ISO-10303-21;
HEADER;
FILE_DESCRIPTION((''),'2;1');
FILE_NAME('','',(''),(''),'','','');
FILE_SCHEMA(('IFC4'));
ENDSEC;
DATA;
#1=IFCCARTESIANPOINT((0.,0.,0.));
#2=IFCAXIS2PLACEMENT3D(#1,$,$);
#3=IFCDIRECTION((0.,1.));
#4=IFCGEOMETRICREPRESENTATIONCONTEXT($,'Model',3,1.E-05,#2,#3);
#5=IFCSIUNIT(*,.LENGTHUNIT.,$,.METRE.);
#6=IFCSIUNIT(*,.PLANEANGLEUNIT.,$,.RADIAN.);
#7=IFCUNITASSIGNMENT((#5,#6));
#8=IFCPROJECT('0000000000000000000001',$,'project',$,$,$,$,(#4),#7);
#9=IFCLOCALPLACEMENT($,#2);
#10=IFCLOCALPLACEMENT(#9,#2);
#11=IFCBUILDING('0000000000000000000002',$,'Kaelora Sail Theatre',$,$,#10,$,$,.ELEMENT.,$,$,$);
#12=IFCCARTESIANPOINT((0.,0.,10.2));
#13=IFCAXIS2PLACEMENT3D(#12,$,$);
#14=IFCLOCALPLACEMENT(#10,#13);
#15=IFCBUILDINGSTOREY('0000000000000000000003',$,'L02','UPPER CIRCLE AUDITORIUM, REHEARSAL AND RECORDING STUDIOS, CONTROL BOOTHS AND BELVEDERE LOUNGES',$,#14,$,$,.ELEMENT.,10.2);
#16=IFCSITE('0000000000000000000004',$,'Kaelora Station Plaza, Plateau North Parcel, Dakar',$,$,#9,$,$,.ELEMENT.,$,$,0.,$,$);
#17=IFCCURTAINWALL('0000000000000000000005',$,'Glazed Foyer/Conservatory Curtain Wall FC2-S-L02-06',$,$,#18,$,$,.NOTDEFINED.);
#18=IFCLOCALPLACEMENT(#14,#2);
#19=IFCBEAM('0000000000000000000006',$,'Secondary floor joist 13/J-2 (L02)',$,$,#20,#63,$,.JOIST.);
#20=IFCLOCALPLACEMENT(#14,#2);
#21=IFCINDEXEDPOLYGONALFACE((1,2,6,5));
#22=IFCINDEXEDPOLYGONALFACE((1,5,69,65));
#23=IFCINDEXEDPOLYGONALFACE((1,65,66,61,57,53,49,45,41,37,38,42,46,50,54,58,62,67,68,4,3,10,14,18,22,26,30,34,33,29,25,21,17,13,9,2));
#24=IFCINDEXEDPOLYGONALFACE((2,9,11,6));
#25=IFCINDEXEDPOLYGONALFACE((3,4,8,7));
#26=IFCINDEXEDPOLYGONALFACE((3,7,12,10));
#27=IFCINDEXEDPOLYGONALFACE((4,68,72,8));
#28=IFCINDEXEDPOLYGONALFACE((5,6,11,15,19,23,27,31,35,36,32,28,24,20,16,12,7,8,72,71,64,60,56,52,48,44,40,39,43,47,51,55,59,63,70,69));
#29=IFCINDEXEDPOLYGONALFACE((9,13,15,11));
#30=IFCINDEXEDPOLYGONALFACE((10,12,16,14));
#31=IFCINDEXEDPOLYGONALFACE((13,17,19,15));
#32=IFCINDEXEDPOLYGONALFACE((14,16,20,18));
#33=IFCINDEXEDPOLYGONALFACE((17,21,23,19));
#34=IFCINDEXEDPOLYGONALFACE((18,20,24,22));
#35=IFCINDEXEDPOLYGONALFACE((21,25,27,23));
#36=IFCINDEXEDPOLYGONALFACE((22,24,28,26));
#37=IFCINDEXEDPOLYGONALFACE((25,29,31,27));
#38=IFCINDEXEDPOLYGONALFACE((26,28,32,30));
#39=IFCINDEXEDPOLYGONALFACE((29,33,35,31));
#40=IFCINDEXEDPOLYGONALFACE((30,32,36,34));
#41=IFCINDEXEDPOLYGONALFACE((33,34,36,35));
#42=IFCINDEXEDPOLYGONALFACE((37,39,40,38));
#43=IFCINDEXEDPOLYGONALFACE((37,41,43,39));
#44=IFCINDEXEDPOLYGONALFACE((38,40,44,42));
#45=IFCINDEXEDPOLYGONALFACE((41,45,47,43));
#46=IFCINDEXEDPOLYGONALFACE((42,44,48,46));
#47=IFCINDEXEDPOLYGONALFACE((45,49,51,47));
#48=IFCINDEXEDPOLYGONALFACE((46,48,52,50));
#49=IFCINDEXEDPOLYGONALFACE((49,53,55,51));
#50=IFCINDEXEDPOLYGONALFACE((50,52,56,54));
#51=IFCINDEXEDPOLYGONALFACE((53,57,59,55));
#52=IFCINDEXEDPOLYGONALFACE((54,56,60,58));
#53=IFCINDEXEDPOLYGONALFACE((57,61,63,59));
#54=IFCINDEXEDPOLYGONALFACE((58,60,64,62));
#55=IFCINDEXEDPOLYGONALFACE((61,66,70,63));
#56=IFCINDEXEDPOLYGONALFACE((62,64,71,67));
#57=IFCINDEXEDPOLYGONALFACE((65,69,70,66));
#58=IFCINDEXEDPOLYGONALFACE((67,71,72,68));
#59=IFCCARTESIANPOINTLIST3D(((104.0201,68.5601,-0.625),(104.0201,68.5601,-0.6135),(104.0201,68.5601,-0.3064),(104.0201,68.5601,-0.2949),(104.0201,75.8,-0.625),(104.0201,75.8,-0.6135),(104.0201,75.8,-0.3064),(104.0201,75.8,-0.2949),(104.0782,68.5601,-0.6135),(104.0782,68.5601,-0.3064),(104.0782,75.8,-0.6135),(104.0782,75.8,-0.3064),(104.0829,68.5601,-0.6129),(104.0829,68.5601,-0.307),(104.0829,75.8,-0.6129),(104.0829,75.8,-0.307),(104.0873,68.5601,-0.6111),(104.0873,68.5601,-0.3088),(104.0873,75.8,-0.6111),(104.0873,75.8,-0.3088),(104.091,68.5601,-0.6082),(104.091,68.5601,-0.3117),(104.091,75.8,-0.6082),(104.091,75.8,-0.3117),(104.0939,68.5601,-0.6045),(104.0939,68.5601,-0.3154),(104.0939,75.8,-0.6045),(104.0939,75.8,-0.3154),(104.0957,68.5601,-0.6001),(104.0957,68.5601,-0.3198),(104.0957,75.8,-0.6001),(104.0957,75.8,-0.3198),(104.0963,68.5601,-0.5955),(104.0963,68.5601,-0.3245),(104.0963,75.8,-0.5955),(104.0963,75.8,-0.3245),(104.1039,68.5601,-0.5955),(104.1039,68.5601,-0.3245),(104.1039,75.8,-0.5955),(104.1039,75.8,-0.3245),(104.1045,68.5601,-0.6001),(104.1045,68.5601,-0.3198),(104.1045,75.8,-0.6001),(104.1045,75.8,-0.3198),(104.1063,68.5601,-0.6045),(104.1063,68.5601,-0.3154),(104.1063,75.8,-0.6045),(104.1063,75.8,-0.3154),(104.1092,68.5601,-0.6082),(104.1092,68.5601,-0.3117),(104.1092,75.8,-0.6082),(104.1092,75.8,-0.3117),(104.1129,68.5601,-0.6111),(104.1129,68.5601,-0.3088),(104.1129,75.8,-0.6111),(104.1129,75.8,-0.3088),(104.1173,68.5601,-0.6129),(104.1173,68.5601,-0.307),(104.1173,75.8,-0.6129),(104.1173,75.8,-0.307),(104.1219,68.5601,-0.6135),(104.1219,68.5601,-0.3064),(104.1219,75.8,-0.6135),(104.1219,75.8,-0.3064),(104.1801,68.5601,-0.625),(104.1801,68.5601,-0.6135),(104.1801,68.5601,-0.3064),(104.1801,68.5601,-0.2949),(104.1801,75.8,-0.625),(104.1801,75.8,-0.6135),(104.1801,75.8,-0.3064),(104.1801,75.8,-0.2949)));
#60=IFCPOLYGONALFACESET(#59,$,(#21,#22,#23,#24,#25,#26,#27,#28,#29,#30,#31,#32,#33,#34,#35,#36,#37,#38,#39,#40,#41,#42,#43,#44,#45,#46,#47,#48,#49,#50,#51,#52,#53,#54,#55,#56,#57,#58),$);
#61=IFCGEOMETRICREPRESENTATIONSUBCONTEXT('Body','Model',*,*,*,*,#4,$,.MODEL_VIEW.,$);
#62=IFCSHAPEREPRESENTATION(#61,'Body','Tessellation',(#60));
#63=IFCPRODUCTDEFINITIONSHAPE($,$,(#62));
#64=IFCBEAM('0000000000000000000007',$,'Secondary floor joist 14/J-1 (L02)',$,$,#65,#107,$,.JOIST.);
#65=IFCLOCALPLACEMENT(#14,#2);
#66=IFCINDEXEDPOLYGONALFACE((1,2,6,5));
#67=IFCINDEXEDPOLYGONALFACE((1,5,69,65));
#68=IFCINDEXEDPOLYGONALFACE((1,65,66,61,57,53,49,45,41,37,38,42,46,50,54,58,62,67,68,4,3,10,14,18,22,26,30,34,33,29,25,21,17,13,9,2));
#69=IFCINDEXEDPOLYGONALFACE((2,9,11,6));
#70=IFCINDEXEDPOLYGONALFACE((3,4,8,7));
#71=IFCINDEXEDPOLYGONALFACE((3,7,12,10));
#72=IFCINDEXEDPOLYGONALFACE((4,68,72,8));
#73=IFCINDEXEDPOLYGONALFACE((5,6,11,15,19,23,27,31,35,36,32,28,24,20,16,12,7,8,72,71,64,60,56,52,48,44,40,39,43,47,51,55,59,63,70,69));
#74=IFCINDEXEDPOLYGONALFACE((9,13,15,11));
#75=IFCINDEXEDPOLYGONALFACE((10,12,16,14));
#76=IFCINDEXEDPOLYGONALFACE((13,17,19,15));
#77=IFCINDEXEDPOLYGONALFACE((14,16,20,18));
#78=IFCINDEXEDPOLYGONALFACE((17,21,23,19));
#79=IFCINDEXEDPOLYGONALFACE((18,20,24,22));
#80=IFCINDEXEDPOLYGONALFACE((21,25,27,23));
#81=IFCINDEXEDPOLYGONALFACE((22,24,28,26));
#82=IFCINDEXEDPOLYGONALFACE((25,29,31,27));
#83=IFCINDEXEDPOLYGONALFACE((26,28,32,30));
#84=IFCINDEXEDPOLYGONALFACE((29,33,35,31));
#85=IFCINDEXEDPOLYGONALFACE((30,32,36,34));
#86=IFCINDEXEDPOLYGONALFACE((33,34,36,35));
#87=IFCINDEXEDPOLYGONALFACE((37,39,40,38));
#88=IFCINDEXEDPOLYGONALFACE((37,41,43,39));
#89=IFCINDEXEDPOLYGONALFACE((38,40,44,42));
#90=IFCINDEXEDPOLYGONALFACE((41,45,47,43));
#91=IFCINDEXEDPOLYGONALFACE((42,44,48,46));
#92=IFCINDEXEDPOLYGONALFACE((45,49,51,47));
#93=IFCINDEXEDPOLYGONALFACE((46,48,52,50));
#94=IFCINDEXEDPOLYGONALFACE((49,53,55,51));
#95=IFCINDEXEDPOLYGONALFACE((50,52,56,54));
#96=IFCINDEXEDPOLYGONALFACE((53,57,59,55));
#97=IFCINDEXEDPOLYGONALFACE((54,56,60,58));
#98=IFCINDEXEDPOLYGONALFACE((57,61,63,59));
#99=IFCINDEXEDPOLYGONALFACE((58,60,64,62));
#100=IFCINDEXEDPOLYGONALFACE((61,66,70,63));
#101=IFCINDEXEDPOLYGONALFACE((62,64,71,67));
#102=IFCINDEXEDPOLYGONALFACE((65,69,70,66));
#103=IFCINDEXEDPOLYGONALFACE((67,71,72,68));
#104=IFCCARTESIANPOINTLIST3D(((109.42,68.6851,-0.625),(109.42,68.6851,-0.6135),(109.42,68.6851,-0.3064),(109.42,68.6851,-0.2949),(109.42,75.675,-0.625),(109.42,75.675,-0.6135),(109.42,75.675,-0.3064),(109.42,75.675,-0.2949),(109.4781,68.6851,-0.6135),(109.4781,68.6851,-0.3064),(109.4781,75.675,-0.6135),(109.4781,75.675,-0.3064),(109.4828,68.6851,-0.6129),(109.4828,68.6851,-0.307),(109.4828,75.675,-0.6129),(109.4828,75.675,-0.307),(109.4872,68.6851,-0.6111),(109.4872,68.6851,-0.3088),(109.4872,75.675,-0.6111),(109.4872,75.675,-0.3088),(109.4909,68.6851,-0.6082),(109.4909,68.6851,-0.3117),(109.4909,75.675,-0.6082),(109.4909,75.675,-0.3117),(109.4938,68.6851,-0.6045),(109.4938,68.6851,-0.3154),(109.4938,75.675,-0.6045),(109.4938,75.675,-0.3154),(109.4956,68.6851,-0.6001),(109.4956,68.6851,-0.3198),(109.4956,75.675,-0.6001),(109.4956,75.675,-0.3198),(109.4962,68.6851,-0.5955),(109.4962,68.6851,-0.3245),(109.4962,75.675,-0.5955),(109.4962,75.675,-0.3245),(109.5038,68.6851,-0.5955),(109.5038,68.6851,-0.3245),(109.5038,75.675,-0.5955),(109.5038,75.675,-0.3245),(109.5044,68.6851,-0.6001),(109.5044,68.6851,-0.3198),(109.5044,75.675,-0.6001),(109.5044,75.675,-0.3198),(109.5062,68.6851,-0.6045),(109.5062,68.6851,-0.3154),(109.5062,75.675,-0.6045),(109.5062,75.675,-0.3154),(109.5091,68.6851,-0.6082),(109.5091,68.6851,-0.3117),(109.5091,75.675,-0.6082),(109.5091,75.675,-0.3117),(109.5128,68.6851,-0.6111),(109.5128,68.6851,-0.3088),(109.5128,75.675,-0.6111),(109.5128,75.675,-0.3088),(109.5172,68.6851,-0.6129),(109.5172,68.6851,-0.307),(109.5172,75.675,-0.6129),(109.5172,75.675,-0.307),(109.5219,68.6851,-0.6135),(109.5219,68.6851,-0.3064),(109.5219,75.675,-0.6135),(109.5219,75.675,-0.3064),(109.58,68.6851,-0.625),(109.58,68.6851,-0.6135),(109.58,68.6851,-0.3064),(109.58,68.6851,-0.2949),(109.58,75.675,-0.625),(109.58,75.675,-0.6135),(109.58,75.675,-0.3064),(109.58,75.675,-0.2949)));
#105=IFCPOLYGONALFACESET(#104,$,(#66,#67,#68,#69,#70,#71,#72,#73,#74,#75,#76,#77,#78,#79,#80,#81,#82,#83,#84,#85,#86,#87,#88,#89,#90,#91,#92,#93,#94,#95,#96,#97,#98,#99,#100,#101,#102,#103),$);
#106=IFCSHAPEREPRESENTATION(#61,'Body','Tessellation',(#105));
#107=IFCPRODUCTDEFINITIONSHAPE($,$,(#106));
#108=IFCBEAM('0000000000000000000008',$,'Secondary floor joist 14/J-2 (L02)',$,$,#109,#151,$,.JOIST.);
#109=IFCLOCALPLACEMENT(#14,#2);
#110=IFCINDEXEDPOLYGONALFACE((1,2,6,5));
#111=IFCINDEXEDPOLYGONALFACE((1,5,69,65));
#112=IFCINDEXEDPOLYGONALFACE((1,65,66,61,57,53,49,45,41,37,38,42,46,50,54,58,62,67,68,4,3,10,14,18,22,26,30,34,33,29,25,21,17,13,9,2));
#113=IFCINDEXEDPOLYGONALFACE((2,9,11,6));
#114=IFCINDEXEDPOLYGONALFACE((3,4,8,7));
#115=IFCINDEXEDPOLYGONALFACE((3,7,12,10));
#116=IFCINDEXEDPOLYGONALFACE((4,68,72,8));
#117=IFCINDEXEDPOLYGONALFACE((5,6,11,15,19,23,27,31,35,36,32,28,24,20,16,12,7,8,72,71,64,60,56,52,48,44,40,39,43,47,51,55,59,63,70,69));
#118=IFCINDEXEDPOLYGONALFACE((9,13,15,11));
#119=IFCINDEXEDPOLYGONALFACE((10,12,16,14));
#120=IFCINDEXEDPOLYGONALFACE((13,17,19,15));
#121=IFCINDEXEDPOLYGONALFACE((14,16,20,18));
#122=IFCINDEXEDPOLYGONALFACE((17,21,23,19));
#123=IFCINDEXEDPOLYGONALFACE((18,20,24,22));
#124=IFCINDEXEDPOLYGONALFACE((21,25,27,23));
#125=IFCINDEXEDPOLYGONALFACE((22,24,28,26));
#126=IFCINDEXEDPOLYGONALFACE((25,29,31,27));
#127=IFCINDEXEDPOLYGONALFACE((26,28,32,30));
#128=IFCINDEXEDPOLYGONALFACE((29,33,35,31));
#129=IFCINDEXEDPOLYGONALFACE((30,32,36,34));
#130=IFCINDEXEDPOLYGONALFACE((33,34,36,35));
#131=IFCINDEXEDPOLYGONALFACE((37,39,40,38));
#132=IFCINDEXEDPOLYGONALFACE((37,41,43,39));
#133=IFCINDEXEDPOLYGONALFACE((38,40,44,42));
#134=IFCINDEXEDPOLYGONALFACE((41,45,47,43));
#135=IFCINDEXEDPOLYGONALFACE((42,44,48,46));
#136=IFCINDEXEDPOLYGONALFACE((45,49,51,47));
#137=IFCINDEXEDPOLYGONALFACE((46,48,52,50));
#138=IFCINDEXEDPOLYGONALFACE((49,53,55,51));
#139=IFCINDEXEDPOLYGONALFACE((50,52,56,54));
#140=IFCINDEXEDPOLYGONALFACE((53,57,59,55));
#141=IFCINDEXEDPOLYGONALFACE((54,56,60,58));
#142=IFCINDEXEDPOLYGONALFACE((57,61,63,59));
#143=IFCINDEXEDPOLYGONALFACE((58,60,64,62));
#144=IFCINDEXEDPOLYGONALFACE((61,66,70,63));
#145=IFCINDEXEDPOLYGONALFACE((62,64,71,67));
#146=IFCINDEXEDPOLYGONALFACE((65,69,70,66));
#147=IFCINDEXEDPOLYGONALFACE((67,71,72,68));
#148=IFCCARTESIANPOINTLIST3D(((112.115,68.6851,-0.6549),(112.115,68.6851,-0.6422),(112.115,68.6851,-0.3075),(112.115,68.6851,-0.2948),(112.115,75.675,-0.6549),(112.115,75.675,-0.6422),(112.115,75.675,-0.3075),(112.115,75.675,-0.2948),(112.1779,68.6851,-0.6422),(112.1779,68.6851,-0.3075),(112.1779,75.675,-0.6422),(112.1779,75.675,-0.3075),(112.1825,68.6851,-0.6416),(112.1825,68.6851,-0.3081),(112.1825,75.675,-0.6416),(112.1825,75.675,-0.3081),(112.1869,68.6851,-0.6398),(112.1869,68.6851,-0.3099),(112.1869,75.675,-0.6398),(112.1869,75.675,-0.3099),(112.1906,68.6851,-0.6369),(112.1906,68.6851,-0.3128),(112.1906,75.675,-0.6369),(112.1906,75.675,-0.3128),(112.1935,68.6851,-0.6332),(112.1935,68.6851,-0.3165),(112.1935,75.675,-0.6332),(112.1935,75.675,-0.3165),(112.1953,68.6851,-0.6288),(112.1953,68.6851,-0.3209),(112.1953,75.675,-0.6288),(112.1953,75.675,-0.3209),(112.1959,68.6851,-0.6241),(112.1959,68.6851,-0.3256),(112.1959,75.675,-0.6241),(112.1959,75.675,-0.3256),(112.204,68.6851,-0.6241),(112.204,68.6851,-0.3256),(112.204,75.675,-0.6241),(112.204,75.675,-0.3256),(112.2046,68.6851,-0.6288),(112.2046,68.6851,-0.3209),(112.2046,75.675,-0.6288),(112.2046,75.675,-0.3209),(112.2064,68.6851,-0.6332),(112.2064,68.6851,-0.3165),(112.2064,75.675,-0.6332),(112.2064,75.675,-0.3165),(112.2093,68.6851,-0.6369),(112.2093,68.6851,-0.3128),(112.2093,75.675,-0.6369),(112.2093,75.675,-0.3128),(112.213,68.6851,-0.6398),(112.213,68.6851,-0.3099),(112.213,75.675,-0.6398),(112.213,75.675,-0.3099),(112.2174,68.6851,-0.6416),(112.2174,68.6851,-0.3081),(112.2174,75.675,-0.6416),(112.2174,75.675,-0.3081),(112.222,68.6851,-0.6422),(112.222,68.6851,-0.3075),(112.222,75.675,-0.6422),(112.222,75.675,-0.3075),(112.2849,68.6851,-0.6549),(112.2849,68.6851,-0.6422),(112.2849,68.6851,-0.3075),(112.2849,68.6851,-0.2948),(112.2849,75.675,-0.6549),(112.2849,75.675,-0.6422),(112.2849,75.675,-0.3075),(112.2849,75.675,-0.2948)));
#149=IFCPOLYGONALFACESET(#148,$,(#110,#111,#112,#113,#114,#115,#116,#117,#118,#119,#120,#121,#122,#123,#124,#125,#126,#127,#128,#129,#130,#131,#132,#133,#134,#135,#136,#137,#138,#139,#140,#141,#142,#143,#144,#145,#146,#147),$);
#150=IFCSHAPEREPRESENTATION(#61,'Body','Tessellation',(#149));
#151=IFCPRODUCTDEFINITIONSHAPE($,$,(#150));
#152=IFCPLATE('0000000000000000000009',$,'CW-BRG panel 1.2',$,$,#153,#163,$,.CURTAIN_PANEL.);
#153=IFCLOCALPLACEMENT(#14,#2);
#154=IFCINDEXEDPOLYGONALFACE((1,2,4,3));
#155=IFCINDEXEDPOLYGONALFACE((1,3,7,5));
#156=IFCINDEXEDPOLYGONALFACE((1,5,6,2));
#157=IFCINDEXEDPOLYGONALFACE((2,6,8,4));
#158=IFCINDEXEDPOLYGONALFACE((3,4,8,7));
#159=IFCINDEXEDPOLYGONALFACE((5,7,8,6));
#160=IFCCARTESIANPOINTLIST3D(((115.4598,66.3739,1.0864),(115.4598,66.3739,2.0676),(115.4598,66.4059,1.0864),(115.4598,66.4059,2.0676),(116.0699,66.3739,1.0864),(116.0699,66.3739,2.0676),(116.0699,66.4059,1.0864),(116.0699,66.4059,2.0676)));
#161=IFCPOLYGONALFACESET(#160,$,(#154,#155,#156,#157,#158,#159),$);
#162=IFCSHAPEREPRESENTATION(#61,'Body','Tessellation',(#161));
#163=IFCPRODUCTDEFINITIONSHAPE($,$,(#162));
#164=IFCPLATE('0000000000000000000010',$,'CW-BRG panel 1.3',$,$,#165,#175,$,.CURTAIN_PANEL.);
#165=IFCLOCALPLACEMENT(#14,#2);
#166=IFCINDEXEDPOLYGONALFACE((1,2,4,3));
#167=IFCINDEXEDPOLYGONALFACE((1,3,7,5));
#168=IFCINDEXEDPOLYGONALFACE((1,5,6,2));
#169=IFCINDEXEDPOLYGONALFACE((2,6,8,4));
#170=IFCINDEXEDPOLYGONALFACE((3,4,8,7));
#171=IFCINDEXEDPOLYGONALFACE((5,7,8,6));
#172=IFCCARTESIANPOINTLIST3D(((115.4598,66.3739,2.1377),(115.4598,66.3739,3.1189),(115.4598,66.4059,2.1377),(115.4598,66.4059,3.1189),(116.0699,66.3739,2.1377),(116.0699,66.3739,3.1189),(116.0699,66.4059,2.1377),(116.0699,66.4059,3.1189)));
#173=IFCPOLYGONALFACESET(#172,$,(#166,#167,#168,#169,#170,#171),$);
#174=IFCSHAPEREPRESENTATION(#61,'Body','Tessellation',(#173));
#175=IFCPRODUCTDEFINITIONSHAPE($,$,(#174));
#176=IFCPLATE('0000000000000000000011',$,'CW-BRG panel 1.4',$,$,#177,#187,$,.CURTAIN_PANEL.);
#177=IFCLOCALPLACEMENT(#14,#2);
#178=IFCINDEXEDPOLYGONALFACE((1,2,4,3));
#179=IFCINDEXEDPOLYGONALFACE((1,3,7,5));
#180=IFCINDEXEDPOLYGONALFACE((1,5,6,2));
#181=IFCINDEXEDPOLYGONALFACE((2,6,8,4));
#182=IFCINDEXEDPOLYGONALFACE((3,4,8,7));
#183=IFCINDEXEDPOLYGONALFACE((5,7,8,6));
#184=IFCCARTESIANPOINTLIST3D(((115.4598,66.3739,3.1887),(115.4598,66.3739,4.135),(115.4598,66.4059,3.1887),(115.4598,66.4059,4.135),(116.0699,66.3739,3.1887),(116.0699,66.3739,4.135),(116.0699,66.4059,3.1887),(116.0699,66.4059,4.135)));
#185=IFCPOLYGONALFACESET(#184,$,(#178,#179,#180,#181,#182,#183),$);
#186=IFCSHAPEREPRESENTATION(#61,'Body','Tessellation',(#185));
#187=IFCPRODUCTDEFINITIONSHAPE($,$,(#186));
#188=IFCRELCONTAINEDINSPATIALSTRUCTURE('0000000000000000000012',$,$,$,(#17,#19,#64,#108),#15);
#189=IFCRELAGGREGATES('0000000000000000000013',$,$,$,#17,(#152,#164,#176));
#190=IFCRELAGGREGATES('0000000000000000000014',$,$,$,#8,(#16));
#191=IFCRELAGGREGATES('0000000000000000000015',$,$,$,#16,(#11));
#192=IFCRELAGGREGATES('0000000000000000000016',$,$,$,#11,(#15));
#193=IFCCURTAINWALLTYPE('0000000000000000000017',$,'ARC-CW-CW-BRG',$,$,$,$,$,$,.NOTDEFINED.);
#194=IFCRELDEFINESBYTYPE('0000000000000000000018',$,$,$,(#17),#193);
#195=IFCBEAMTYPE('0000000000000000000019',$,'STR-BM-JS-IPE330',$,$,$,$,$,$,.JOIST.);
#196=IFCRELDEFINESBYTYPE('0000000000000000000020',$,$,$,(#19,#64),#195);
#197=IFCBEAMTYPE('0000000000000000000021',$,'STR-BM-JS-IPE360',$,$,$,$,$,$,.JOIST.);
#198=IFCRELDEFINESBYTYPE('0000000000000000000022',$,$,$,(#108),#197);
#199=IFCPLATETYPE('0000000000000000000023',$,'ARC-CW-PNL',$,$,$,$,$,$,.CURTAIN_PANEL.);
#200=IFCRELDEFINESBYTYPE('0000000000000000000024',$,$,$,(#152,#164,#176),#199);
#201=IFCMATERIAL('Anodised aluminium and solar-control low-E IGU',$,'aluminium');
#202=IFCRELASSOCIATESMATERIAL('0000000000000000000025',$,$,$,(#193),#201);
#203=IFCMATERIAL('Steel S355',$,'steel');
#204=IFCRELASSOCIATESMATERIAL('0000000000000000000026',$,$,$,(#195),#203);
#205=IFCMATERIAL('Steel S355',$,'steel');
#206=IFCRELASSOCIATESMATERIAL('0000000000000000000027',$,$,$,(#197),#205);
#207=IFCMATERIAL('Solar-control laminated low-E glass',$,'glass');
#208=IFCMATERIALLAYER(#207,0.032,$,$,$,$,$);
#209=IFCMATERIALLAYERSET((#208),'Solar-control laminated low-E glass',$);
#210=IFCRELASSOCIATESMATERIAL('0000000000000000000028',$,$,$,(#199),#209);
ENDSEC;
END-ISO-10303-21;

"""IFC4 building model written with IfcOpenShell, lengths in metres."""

from ifc_helpers import new_model, si_unit, direction, frame, origin, origin_2d, place, context, subcontext, project, spatial, rectangle, i_section, extrude, material, layer, layer_set, material_profile, profile_set, type_object, element, aggregate, save


model = new_model("IFC4")

# Units and contexts
model_context = context("Model", 3, precision=1e-05, world=origin(), true_north=direction((0.0, 1.0)))
body_context = subcontext(model_context, "Body", "Model", "MODEL_VIEW")
ifc_project = project(units=[si_unit("LENGTHUNIT", "METRE"), si_unit("PLANEANGLEUNIT", "RADIAN")], contexts=[model_context])

# Site, building, storey
site_placement = place(None, origin())
site = spatial("IfcSite", under=ifc_project, at=site_placement, Name="Kaelora Station Plaza, Plateau North Parcel, Dakar", CompositionType="ELEMENT", RefElevation=0.0)
building_placement = place(site_placement, origin())
building = spatial("IfcBuilding", under=site, at=building_placement, Name="Kaelora Sail Theatre", CompositionType="ELEMENT")
storey_placement = place(building_placement, frame((0.0, 0.0, 10.2)))
storey = spatial("IfcBuildingStorey", under=building, at=storey_placement, Name="L02", Description="UPPER CIRCLE AUDITORIUM, REHEARSAL AND RECORDING STUDIOS, CONTROL BOOTHS AND BELVEDERE LOUNGES", CompositionType="ELEMENT", Elevation=10.2)

# Curtain wall
ifc_material_1 = material(Name="Anodised aluminium and solar-control low-E IGU", Category="aluminium")
curtain_wall_type = type_object("IfcCurtainWallType", Name="ARC-CW-CW-BRG", PredefinedType="NOTDEFINED", material=ifc_material_1)
curtain_wall_placement = place(storey_placement, origin())
curtain_wall = element("IfcCurtainWall", 1, at=curtain_wall_placement, inside=storey, type_object=curtain_wall_type, Name="Glazed Foyer/Conservatory Curtain Wall FC2-S-L02-06", PredefinedType="NOTDEFINED")

# Beams
ifc_material_2 = material(Name="Steel S355", Category="steel")
ifc_material_profile_1 = material_profile(ifc_material_2, i_section(OverallWidth=0.1599, OverallDepth=0.3301, WebThickness=0.0076, FlangeThickness=0.0115, FilletRadius=0.0181, at=origin_2d()), Name="IPE 330")
ifc_profile_set_1 = profile_set([ifc_material_profile_1], Name="Steel S355")
beam_type_1 = type_object("IfcBeamType", Name="STR-BM-JS-IPE330", PredefinedType="JOIST", material=ifc_profile_set_1)
beam_1_placement = place(storey_placement, frame((104.1001, 68.5601, -0.46), z_axis=(0.0, 1.0, 0.0), x_axis=(-1.0, 0.0, 0.0)))
element("IfcBeam", 2, at=beam_1_placement, inside=storey, type_object=beam_type_1, Name="Secondary floor joist 13/J-2 (L02)", PredefinedType="JOIST", context=body_context, shape_type="SweptSolid", body=[
    extrude(i_section(OverallWidth=0.1599, OverallDepth=0.3301, WebThickness=0.0076, FlangeThickness=0.0115, FilletRadius=0.0181, at=origin_2d()), origin(), (0.0, 0.0, 1.0), 7.24),
])
beam_2_placement = place(storey_placement, frame((109.5, 68.6851, -0.46), z_axis=(0.0, 1.0, 0.0), x_axis=(-1.0, 0.0, 0.0)))
element("IfcBeam", 3, at=beam_2_placement, inside=storey, type_object=beam_type_1, Name="Secondary floor joist 14/J-1 (L02)", PredefinedType="JOIST", context=body_context, shape_type="SweptSolid", body=[
    extrude(i_section(OverallWidth=0.1599, OverallDepth=0.3301, WebThickness=0.0076, FlangeThickness=0.0115, FilletRadius=0.0181, at=origin_2d()), origin(), (0.0, 0.0, 1.0), 6.99),
])
ifc_material_3 = material(Name="Steel S355", Category="steel")
ifc_material_profile_2 = material_profile(ifc_material_3, i_section(OverallWidth=0.1699, OverallDepth=0.3601, WebThickness=0.0081, FlangeThickness=0.0127, FilletRadius=0.0181, at=origin_2d()), Name="IPE 360")
ifc_profile_set_2 = profile_set([ifc_material_profile_2], Name="Steel S355")
beam_type_2 = type_object("IfcBeamType", Name="STR-BM-JS-IPE360", PredefinedType="JOIST", material=ifc_profile_set_2)
beam_3_placement = place(storey_placement, frame((112.2, 68.6851, -0.4749), z_axis=(0.0, 1.0, 0.0), x_axis=(-1.0, 0.0, 0.0)))
element("IfcBeam", 4, at=beam_3_placement, inside=storey, type_object=beam_type_2, Name="Secondary floor joist 14/J-2 (L02)", PredefinedType="JOIST", context=body_context, shape_type="SweptSolid", body=[
    extrude(i_section(OverallWidth=0.1699, OverallDepth=0.3601, WebThickness=0.0081, FlangeThickness=0.0127, FilletRadius=0.0181, at=origin_2d()), origin(), (0.0, 0.0, 1.0), 6.99),
])

# Plates
ifc_material_4 = material(Name="Solar-control laminated low-E glass", Category="glass")
ifc_layer_1 = layer(ifc_material_4, 0.032)
ifc_layer_set_1 = layer_set([ifc_layer_1], Name="Solar-control laminated low-E glass")
plate_type = type_object("IfcPlateType", Name="ARC-CW-PNL", PredefinedType="CURTAIN_PANEL", material=ifc_layer_set_1)
plate_1_placement = place(storey_placement, frame((115.7649, 66.3899, 1.0864), z_axis=(0.0, 0.0, 1.0), x_axis=(1.0, 0.0, 0.0)))
plate_1 = element("IfcPlate", 5, at=plate_1_placement, type_object=plate_type, Name="CW-BRG panel 1.2", PredefinedType="CURTAIN_PANEL", context=body_context, shape_type="SweptSolid", body=[
    extrude(rectangle(XDim=0.6101, YDim=0.032, at=origin_2d()), origin(), (0.0, 0.0, 1.0), 0.9812),
])
plate_2_placement = place(storey_placement, frame((115.7649, 66.3899, 2.1377), z_axis=(0.0, 0.0, 1.0), x_axis=(1.0, 0.0, 0.0)))
plate_2 = element("IfcPlate", 6, at=plate_2_placement, type_object=plate_type, Name="CW-BRG panel 1.3", PredefinedType="CURTAIN_PANEL", context=body_context, shape_type="SweptSolid", body=[
    extrude(rectangle(XDim=0.6101, YDim=0.032, at=origin_2d()), origin(), (0.0, 0.0, 1.0), 0.9812),
])
plate_3_placement = place(storey_placement, frame((115.7649, 66.3899, 3.1887), z_axis=(0.0, 0.0, 1.0), x_axis=(1.0, 0.0, 0.0)))
plate_3 = element("IfcPlate", 7, at=plate_3_placement, type_object=plate_type, Name="CW-BRG panel 1.4", PredefinedType="CURTAIN_PANEL", context=body_context, shape_type="SweptSolid", body=[
    extrude(rectangle(XDim=0.6101, YDim=0.032, at=origin_2d()), origin(), (0.0, 0.0, 1.0), 0.9463),
])
aggregate(curtain_wall, [plate_1, plate_2, plate_3])

save(model, "model.ifc")
